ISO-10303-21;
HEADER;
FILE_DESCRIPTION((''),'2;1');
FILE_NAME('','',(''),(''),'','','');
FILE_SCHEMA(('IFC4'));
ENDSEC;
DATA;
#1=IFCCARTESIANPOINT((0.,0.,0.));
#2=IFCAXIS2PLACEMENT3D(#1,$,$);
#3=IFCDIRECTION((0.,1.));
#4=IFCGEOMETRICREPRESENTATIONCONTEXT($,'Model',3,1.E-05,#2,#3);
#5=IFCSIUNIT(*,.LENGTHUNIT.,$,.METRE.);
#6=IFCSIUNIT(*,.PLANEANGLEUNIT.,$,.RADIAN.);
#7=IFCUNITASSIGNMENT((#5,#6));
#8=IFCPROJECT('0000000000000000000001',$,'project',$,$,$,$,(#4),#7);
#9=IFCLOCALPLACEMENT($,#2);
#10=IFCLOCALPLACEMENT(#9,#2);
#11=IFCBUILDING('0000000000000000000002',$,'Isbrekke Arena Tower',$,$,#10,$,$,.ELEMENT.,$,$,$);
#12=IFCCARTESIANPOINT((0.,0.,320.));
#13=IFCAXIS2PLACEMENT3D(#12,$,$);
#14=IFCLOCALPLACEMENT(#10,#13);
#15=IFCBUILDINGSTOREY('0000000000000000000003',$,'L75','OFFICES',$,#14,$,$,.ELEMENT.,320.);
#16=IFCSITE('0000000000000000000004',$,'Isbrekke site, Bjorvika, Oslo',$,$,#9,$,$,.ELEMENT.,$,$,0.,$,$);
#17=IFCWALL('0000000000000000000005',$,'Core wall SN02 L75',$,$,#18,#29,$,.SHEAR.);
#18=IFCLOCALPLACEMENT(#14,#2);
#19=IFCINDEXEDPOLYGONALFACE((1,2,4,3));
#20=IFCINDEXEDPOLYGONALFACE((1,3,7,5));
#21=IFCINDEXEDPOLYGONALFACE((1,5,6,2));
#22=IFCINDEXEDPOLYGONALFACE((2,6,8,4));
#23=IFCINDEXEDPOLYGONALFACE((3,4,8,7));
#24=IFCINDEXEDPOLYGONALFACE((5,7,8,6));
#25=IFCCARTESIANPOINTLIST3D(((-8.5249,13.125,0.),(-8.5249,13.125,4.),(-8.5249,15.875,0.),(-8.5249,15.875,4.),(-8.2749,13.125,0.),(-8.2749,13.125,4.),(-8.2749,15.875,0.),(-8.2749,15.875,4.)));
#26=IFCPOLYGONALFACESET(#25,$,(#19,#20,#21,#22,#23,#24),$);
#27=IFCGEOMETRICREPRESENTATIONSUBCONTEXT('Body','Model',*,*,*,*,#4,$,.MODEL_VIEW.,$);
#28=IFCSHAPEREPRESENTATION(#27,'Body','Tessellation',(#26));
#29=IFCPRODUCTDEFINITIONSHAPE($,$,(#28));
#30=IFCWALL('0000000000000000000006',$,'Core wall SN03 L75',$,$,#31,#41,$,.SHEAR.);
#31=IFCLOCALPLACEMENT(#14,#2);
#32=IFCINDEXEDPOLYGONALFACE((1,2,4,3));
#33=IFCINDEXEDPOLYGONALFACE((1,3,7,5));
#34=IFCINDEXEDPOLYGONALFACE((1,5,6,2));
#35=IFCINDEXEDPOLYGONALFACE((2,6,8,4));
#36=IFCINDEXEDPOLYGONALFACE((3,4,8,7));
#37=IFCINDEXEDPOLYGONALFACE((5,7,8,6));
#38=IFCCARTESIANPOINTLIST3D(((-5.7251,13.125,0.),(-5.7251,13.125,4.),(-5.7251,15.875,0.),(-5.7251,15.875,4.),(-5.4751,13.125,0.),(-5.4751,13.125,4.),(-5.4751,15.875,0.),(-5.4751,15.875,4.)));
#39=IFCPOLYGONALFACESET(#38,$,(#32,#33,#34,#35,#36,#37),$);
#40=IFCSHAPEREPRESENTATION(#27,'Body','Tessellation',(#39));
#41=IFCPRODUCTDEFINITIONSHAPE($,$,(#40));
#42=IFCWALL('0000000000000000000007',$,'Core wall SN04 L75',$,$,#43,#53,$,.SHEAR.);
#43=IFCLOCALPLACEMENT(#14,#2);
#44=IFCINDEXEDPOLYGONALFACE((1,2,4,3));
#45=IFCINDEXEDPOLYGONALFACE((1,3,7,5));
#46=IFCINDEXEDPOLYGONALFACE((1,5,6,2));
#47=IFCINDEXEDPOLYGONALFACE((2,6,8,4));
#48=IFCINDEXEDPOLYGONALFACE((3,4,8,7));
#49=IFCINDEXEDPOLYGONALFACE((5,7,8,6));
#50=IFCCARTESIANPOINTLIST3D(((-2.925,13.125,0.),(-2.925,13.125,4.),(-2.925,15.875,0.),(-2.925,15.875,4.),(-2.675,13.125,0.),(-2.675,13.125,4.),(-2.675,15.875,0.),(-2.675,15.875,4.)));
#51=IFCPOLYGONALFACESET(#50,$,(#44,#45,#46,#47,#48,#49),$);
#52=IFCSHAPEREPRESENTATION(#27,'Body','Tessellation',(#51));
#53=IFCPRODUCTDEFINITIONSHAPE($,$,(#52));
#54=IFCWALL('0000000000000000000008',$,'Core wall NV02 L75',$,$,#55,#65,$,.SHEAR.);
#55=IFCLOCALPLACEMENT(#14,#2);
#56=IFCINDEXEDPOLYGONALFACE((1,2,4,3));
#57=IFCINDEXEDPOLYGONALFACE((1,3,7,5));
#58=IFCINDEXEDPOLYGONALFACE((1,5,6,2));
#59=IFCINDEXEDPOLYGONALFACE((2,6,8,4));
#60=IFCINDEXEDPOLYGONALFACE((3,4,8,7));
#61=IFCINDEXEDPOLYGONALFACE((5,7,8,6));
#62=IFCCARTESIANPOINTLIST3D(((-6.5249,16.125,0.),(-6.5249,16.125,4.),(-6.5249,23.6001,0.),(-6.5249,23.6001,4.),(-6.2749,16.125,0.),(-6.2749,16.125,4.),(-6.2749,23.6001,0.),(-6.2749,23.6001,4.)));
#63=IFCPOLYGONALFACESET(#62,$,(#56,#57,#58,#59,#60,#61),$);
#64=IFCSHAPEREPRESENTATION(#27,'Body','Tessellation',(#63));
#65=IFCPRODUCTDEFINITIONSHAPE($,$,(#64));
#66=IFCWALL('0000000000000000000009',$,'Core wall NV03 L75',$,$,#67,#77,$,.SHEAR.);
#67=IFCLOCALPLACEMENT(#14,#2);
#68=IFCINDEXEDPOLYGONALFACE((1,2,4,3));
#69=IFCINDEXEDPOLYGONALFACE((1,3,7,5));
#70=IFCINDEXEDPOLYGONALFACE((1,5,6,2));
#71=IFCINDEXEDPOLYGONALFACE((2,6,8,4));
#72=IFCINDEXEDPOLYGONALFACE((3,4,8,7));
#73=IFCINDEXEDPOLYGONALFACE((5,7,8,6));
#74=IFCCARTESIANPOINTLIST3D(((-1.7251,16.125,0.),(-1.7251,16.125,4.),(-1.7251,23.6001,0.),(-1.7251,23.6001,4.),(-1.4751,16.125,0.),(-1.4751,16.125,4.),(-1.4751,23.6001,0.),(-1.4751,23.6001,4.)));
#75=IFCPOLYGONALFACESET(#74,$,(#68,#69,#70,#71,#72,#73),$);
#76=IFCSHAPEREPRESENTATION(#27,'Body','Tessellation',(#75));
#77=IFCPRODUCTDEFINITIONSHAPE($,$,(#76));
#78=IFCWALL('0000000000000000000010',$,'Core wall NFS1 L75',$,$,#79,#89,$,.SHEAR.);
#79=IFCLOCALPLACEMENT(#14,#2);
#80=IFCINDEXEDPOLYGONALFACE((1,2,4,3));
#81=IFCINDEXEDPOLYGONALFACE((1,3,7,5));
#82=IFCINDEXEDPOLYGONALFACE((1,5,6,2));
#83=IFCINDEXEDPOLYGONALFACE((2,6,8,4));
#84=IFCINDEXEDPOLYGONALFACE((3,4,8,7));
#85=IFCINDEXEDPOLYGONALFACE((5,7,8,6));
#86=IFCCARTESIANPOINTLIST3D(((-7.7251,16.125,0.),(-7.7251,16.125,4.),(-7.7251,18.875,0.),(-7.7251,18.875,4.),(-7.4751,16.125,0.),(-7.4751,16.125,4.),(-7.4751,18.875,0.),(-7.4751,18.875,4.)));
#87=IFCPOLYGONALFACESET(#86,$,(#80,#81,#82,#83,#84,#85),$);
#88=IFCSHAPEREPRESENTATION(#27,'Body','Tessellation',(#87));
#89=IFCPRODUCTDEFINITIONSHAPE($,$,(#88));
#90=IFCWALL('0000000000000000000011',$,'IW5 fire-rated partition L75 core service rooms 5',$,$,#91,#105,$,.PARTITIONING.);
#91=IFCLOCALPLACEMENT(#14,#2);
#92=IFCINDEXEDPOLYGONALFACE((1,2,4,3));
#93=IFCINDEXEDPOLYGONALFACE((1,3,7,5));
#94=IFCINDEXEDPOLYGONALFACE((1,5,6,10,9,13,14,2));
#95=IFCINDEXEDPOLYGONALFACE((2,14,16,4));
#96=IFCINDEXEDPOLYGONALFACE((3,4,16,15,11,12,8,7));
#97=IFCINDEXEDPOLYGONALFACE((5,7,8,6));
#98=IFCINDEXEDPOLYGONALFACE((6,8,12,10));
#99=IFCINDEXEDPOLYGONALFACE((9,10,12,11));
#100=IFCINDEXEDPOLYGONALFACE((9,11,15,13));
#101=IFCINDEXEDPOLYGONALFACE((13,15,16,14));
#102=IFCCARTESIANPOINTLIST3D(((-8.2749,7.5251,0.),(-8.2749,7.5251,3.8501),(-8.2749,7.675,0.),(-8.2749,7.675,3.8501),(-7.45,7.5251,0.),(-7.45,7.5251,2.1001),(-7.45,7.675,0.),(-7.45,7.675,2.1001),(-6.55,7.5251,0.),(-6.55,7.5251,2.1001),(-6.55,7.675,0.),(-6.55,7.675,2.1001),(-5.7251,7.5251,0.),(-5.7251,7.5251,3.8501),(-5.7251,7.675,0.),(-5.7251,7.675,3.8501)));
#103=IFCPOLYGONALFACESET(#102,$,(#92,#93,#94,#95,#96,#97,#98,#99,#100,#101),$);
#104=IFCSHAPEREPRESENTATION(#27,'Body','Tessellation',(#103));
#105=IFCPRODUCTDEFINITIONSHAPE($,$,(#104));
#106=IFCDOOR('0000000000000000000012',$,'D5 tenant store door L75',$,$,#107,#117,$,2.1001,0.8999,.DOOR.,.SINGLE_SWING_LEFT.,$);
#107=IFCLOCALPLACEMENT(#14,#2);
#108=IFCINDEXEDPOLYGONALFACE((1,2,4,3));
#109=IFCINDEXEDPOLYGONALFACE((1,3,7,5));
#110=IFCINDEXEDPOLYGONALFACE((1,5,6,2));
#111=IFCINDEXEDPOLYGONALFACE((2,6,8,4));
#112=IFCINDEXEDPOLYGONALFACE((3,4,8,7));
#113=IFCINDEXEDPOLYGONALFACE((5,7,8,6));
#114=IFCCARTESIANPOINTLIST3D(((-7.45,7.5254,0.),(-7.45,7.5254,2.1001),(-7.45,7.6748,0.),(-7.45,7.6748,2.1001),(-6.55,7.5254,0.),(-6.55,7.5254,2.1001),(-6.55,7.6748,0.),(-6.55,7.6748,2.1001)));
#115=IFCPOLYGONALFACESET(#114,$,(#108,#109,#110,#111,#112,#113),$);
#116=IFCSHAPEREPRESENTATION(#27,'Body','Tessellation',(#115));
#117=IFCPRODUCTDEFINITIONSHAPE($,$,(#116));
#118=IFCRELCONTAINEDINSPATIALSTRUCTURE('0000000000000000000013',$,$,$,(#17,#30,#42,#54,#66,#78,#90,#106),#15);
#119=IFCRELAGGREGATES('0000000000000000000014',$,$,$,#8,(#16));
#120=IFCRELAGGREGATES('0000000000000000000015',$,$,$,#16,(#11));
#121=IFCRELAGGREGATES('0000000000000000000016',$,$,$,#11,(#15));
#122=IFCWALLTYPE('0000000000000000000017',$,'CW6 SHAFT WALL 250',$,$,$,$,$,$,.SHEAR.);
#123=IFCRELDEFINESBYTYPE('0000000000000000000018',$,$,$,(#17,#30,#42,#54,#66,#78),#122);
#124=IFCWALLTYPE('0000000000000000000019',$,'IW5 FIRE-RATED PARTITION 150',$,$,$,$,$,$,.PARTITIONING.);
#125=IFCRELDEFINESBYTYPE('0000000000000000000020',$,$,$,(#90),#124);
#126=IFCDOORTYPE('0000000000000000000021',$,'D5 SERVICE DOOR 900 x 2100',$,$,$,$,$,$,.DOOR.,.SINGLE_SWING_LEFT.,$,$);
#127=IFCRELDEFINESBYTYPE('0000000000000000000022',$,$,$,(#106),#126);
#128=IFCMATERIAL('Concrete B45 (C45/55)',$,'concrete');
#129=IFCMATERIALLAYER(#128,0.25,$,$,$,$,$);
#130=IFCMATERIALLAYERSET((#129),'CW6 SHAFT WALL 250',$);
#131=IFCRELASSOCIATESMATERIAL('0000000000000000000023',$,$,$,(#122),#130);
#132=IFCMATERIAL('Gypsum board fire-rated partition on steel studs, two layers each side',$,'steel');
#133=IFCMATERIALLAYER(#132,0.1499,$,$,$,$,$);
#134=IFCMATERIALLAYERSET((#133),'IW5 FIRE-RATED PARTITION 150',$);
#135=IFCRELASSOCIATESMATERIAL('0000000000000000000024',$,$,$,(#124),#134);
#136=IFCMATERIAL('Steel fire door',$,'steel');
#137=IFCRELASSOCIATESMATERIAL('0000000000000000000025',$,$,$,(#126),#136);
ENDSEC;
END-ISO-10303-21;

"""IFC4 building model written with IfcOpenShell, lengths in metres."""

from ifc_helpers import new_model, si_unit, direction, frame, frame_2d, origin, place, context, subcontext, project, spatial, rectangle, extrude, material, layer, layer_set, type_object, element, fill, save


model = new_model("IFC4")

# Units and contexts
model_context = context("Model", 3, precision=1e-05, world=origin(), true_north=direction((0.0, 1.0)))
body_context = subcontext(model_context, "Body", "Model", "MODEL_VIEW")
ifc_project = project(units=[si_unit("LENGTHUNIT", "METRE"), si_unit("PLANEANGLEUNIT", "RADIAN")], contexts=[model_context])

# Site, building, storey
site_placement = place(None, origin())
site = spatial("IfcSite", under=ifc_project, at=site_placement, Name="Isbrekke site, Bjorvika, Oslo", CompositionType="ELEMENT", RefElevation=0.0)
building_placement = place(site_placement, origin())
building = spatial("IfcBuilding", under=site, at=building_placement, Name="Isbrekke Arena Tower", CompositionType="ELEMENT")
storey_placement = place(building_placement, frame((0.0, 0.0, 320.0)))
storey = spatial("IfcBuildingStorey", under=building, at=storey_placement, Name="L75", Description="OFFICES", CompositionType="ELEMENT", Elevation=320.0)

# Walls
ifc_material_1 = material(Name="Concrete B45 (C45/55)", Category="concrete")
ifc_layer_1 = layer(ifc_material_1, 0.25)
ifc_layer_set_1 = layer_set([ifc_layer_1], Name="CW6 SHAFT WALL 250")
wall_type_1 = type_object("IfcWallType", Name="CW6 SHAFT WALL 250", PredefinedType="SHEAR", material=ifc_layer_set_1)
for number, where, z_axis, x_axis, name in (
    (1, (-8.3999, 13.125, 0.0), (0.0, 0.0, 1.0), (0.0, 1.0, 0.0), "Core wall SN02 L75"),
    (2, (-5.6001, 13.125, 0.0), (0.0, 0.0, 1.0), (0.0, 1.0, 0.0), "Core wall SN03 L75"),
    (3, (-2.8, 13.125, 0.0), (0.0, 0.0, 1.0), (0.0, 1.0, 0.0), "Core wall SN04 L75"),
):
    element("IfcWall", number, at=place(storey_placement, frame(where, z_axis=z_axis, x_axis=x_axis)), inside=storey, type_object=wall_type_1, Name=name, PredefinedType="SHEAR", context=body_context, shape_type="SweptSolid", body=[
        extrude(rectangle(XDim=2.75, YDim=0.25, at=frame_2d((1.375, 0.0))), origin(), (0.0, 0.0, 1.0), 4.0),
    ])
for number, where, z_axis, x_axis, name in (
    (4, (-6.3999, 16.125, 0.0), (0.0, 0.0, 1.0), (0.0, 1.0, 0.0), "Core wall NV02 L75"),
    (5, (-1.6001, 16.125, 0.0), (0.0, 0.0, 1.0), (0.0, 1.0, 0.0), "Core wall NV03 L75"),
):
    element("IfcWall", number, at=place(storey_placement, frame(where, z_axis=z_axis, x_axis=x_axis)), inside=storey, type_object=wall_type_1, Name=name, PredefinedType="SHEAR", context=body_context, shape_type="SweptSolid", body=[
        extrude(rectangle(XDim=7.4751, YDim=0.25, at=frame_2d((3.7375, 0.0))), origin(), (0.0, 0.0, 1.0), 4.0),
    ])
wall_1_placement = place(storey_placement, frame((-7.6001, 16.125, 0.0), z_axis=(0.0, 0.0, 1.0), x_axis=(0.0, 1.0, 0.0)))
element("IfcWall", 6, at=wall_1_placement, inside=storey, type_object=wall_type_1, Name="Core wall NFS1 L75", PredefinedType="SHEAR", context=body_context, shape_type="SweptSolid", body=[
    extrude(rectangle(XDim=2.75, YDim=0.25, at=frame_2d((1.375, 0.0))), origin(), (0.0, 0.0, 1.0), 4.0),
])

# Wall, opening, door
ifc_material_2 = material(Name="Gypsum board fire-rated partition on steel studs, two layers each side", Category="steel")
ifc_layer_2 = layer(ifc_material_2, 0.1499)
ifc_layer_set_2 = layer_set([ifc_layer_2], Name="IW5 FIRE-RATED PARTITION 150")
wall_type_2 = type_object("IfcWallType", Name="IW5 FIRE-RATED PARTITION 150", PredefinedType="PARTITIONING", material=ifc_layer_set_2)
wall_2_placement = place(storey_placement, frame((-8.2749, 7.6001, 0.0), z_axis=(0.0, 0.0, 1.0), x_axis=(1.0, 0.0, 0.0)))
wall_2 = element("IfcWall", 7, at=wall_2_placement, inside=storey, type_object=wall_type_2, Name="IW5 fire-rated partition L75 core service rooms 5", PredefinedType="PARTITIONING", context=body_context, shape_type="SweptSolid", body=[
    extrude(rectangle(XDim=2.5498, YDim=0.1499, at=frame_2d((1.2749, 0.0))), origin(), (0.0, 0.0, 1.0), 3.8501),
])
opening_placement = place(wall_2_placement, frame((0.825, 0.0, 0.0)))
opening = element("IfcOpeningElement", 8, at=opening_placement, cuts=wall_2, PredefinedType="OPENING", context=body_context, shape_type="SweptSolid", body=[
    extrude(rectangle(XDim=0.8999, YDim=2.1001, at=frame_2d((0.45, 1.05))), frame((0.0, 0.0898, 0.0), z_axis=(0.0, -1.0, 0.0), x_axis=(1.0, 0.0, 0.0)), (0.0, 0.0, 1.0), 0.1797),
])
ifc_material_3 = material(Name="Steel fire door", Category="steel")
door_type = type_object("IfcDoorType", Name="D5 SERVICE DOOR 900 x 2100", OperationType="SINGLE_SWING_LEFT", PredefinedType="DOOR", material=ifc_material_3)
door_placement = place(opening_placement, origin())
door = element("IfcDoor", 9, at=door_placement, inside=storey, type_object=door_type, Name="D5 tenant store door L75", OperationType="SINGLE_SWING_LEFT", OverallHeight=2.1001, OverallWidth=0.8999, PredefinedType="DOOR", context=body_context, shape_type="SweptSolid", body=[
    extrude(rectangle(XDim=0.8999, YDim=2.1001, at=frame_2d((0.45, 1.05))), frame((0.0, 0.0747, 0.0), z_axis=(0.0, -1.0, 0.0), x_axis=(1.0, 0.0, 0.0)), (0.0, 0.0, 1.0), 0.1494),
])
fill(opening, door)

save(model, "model.ifc")
